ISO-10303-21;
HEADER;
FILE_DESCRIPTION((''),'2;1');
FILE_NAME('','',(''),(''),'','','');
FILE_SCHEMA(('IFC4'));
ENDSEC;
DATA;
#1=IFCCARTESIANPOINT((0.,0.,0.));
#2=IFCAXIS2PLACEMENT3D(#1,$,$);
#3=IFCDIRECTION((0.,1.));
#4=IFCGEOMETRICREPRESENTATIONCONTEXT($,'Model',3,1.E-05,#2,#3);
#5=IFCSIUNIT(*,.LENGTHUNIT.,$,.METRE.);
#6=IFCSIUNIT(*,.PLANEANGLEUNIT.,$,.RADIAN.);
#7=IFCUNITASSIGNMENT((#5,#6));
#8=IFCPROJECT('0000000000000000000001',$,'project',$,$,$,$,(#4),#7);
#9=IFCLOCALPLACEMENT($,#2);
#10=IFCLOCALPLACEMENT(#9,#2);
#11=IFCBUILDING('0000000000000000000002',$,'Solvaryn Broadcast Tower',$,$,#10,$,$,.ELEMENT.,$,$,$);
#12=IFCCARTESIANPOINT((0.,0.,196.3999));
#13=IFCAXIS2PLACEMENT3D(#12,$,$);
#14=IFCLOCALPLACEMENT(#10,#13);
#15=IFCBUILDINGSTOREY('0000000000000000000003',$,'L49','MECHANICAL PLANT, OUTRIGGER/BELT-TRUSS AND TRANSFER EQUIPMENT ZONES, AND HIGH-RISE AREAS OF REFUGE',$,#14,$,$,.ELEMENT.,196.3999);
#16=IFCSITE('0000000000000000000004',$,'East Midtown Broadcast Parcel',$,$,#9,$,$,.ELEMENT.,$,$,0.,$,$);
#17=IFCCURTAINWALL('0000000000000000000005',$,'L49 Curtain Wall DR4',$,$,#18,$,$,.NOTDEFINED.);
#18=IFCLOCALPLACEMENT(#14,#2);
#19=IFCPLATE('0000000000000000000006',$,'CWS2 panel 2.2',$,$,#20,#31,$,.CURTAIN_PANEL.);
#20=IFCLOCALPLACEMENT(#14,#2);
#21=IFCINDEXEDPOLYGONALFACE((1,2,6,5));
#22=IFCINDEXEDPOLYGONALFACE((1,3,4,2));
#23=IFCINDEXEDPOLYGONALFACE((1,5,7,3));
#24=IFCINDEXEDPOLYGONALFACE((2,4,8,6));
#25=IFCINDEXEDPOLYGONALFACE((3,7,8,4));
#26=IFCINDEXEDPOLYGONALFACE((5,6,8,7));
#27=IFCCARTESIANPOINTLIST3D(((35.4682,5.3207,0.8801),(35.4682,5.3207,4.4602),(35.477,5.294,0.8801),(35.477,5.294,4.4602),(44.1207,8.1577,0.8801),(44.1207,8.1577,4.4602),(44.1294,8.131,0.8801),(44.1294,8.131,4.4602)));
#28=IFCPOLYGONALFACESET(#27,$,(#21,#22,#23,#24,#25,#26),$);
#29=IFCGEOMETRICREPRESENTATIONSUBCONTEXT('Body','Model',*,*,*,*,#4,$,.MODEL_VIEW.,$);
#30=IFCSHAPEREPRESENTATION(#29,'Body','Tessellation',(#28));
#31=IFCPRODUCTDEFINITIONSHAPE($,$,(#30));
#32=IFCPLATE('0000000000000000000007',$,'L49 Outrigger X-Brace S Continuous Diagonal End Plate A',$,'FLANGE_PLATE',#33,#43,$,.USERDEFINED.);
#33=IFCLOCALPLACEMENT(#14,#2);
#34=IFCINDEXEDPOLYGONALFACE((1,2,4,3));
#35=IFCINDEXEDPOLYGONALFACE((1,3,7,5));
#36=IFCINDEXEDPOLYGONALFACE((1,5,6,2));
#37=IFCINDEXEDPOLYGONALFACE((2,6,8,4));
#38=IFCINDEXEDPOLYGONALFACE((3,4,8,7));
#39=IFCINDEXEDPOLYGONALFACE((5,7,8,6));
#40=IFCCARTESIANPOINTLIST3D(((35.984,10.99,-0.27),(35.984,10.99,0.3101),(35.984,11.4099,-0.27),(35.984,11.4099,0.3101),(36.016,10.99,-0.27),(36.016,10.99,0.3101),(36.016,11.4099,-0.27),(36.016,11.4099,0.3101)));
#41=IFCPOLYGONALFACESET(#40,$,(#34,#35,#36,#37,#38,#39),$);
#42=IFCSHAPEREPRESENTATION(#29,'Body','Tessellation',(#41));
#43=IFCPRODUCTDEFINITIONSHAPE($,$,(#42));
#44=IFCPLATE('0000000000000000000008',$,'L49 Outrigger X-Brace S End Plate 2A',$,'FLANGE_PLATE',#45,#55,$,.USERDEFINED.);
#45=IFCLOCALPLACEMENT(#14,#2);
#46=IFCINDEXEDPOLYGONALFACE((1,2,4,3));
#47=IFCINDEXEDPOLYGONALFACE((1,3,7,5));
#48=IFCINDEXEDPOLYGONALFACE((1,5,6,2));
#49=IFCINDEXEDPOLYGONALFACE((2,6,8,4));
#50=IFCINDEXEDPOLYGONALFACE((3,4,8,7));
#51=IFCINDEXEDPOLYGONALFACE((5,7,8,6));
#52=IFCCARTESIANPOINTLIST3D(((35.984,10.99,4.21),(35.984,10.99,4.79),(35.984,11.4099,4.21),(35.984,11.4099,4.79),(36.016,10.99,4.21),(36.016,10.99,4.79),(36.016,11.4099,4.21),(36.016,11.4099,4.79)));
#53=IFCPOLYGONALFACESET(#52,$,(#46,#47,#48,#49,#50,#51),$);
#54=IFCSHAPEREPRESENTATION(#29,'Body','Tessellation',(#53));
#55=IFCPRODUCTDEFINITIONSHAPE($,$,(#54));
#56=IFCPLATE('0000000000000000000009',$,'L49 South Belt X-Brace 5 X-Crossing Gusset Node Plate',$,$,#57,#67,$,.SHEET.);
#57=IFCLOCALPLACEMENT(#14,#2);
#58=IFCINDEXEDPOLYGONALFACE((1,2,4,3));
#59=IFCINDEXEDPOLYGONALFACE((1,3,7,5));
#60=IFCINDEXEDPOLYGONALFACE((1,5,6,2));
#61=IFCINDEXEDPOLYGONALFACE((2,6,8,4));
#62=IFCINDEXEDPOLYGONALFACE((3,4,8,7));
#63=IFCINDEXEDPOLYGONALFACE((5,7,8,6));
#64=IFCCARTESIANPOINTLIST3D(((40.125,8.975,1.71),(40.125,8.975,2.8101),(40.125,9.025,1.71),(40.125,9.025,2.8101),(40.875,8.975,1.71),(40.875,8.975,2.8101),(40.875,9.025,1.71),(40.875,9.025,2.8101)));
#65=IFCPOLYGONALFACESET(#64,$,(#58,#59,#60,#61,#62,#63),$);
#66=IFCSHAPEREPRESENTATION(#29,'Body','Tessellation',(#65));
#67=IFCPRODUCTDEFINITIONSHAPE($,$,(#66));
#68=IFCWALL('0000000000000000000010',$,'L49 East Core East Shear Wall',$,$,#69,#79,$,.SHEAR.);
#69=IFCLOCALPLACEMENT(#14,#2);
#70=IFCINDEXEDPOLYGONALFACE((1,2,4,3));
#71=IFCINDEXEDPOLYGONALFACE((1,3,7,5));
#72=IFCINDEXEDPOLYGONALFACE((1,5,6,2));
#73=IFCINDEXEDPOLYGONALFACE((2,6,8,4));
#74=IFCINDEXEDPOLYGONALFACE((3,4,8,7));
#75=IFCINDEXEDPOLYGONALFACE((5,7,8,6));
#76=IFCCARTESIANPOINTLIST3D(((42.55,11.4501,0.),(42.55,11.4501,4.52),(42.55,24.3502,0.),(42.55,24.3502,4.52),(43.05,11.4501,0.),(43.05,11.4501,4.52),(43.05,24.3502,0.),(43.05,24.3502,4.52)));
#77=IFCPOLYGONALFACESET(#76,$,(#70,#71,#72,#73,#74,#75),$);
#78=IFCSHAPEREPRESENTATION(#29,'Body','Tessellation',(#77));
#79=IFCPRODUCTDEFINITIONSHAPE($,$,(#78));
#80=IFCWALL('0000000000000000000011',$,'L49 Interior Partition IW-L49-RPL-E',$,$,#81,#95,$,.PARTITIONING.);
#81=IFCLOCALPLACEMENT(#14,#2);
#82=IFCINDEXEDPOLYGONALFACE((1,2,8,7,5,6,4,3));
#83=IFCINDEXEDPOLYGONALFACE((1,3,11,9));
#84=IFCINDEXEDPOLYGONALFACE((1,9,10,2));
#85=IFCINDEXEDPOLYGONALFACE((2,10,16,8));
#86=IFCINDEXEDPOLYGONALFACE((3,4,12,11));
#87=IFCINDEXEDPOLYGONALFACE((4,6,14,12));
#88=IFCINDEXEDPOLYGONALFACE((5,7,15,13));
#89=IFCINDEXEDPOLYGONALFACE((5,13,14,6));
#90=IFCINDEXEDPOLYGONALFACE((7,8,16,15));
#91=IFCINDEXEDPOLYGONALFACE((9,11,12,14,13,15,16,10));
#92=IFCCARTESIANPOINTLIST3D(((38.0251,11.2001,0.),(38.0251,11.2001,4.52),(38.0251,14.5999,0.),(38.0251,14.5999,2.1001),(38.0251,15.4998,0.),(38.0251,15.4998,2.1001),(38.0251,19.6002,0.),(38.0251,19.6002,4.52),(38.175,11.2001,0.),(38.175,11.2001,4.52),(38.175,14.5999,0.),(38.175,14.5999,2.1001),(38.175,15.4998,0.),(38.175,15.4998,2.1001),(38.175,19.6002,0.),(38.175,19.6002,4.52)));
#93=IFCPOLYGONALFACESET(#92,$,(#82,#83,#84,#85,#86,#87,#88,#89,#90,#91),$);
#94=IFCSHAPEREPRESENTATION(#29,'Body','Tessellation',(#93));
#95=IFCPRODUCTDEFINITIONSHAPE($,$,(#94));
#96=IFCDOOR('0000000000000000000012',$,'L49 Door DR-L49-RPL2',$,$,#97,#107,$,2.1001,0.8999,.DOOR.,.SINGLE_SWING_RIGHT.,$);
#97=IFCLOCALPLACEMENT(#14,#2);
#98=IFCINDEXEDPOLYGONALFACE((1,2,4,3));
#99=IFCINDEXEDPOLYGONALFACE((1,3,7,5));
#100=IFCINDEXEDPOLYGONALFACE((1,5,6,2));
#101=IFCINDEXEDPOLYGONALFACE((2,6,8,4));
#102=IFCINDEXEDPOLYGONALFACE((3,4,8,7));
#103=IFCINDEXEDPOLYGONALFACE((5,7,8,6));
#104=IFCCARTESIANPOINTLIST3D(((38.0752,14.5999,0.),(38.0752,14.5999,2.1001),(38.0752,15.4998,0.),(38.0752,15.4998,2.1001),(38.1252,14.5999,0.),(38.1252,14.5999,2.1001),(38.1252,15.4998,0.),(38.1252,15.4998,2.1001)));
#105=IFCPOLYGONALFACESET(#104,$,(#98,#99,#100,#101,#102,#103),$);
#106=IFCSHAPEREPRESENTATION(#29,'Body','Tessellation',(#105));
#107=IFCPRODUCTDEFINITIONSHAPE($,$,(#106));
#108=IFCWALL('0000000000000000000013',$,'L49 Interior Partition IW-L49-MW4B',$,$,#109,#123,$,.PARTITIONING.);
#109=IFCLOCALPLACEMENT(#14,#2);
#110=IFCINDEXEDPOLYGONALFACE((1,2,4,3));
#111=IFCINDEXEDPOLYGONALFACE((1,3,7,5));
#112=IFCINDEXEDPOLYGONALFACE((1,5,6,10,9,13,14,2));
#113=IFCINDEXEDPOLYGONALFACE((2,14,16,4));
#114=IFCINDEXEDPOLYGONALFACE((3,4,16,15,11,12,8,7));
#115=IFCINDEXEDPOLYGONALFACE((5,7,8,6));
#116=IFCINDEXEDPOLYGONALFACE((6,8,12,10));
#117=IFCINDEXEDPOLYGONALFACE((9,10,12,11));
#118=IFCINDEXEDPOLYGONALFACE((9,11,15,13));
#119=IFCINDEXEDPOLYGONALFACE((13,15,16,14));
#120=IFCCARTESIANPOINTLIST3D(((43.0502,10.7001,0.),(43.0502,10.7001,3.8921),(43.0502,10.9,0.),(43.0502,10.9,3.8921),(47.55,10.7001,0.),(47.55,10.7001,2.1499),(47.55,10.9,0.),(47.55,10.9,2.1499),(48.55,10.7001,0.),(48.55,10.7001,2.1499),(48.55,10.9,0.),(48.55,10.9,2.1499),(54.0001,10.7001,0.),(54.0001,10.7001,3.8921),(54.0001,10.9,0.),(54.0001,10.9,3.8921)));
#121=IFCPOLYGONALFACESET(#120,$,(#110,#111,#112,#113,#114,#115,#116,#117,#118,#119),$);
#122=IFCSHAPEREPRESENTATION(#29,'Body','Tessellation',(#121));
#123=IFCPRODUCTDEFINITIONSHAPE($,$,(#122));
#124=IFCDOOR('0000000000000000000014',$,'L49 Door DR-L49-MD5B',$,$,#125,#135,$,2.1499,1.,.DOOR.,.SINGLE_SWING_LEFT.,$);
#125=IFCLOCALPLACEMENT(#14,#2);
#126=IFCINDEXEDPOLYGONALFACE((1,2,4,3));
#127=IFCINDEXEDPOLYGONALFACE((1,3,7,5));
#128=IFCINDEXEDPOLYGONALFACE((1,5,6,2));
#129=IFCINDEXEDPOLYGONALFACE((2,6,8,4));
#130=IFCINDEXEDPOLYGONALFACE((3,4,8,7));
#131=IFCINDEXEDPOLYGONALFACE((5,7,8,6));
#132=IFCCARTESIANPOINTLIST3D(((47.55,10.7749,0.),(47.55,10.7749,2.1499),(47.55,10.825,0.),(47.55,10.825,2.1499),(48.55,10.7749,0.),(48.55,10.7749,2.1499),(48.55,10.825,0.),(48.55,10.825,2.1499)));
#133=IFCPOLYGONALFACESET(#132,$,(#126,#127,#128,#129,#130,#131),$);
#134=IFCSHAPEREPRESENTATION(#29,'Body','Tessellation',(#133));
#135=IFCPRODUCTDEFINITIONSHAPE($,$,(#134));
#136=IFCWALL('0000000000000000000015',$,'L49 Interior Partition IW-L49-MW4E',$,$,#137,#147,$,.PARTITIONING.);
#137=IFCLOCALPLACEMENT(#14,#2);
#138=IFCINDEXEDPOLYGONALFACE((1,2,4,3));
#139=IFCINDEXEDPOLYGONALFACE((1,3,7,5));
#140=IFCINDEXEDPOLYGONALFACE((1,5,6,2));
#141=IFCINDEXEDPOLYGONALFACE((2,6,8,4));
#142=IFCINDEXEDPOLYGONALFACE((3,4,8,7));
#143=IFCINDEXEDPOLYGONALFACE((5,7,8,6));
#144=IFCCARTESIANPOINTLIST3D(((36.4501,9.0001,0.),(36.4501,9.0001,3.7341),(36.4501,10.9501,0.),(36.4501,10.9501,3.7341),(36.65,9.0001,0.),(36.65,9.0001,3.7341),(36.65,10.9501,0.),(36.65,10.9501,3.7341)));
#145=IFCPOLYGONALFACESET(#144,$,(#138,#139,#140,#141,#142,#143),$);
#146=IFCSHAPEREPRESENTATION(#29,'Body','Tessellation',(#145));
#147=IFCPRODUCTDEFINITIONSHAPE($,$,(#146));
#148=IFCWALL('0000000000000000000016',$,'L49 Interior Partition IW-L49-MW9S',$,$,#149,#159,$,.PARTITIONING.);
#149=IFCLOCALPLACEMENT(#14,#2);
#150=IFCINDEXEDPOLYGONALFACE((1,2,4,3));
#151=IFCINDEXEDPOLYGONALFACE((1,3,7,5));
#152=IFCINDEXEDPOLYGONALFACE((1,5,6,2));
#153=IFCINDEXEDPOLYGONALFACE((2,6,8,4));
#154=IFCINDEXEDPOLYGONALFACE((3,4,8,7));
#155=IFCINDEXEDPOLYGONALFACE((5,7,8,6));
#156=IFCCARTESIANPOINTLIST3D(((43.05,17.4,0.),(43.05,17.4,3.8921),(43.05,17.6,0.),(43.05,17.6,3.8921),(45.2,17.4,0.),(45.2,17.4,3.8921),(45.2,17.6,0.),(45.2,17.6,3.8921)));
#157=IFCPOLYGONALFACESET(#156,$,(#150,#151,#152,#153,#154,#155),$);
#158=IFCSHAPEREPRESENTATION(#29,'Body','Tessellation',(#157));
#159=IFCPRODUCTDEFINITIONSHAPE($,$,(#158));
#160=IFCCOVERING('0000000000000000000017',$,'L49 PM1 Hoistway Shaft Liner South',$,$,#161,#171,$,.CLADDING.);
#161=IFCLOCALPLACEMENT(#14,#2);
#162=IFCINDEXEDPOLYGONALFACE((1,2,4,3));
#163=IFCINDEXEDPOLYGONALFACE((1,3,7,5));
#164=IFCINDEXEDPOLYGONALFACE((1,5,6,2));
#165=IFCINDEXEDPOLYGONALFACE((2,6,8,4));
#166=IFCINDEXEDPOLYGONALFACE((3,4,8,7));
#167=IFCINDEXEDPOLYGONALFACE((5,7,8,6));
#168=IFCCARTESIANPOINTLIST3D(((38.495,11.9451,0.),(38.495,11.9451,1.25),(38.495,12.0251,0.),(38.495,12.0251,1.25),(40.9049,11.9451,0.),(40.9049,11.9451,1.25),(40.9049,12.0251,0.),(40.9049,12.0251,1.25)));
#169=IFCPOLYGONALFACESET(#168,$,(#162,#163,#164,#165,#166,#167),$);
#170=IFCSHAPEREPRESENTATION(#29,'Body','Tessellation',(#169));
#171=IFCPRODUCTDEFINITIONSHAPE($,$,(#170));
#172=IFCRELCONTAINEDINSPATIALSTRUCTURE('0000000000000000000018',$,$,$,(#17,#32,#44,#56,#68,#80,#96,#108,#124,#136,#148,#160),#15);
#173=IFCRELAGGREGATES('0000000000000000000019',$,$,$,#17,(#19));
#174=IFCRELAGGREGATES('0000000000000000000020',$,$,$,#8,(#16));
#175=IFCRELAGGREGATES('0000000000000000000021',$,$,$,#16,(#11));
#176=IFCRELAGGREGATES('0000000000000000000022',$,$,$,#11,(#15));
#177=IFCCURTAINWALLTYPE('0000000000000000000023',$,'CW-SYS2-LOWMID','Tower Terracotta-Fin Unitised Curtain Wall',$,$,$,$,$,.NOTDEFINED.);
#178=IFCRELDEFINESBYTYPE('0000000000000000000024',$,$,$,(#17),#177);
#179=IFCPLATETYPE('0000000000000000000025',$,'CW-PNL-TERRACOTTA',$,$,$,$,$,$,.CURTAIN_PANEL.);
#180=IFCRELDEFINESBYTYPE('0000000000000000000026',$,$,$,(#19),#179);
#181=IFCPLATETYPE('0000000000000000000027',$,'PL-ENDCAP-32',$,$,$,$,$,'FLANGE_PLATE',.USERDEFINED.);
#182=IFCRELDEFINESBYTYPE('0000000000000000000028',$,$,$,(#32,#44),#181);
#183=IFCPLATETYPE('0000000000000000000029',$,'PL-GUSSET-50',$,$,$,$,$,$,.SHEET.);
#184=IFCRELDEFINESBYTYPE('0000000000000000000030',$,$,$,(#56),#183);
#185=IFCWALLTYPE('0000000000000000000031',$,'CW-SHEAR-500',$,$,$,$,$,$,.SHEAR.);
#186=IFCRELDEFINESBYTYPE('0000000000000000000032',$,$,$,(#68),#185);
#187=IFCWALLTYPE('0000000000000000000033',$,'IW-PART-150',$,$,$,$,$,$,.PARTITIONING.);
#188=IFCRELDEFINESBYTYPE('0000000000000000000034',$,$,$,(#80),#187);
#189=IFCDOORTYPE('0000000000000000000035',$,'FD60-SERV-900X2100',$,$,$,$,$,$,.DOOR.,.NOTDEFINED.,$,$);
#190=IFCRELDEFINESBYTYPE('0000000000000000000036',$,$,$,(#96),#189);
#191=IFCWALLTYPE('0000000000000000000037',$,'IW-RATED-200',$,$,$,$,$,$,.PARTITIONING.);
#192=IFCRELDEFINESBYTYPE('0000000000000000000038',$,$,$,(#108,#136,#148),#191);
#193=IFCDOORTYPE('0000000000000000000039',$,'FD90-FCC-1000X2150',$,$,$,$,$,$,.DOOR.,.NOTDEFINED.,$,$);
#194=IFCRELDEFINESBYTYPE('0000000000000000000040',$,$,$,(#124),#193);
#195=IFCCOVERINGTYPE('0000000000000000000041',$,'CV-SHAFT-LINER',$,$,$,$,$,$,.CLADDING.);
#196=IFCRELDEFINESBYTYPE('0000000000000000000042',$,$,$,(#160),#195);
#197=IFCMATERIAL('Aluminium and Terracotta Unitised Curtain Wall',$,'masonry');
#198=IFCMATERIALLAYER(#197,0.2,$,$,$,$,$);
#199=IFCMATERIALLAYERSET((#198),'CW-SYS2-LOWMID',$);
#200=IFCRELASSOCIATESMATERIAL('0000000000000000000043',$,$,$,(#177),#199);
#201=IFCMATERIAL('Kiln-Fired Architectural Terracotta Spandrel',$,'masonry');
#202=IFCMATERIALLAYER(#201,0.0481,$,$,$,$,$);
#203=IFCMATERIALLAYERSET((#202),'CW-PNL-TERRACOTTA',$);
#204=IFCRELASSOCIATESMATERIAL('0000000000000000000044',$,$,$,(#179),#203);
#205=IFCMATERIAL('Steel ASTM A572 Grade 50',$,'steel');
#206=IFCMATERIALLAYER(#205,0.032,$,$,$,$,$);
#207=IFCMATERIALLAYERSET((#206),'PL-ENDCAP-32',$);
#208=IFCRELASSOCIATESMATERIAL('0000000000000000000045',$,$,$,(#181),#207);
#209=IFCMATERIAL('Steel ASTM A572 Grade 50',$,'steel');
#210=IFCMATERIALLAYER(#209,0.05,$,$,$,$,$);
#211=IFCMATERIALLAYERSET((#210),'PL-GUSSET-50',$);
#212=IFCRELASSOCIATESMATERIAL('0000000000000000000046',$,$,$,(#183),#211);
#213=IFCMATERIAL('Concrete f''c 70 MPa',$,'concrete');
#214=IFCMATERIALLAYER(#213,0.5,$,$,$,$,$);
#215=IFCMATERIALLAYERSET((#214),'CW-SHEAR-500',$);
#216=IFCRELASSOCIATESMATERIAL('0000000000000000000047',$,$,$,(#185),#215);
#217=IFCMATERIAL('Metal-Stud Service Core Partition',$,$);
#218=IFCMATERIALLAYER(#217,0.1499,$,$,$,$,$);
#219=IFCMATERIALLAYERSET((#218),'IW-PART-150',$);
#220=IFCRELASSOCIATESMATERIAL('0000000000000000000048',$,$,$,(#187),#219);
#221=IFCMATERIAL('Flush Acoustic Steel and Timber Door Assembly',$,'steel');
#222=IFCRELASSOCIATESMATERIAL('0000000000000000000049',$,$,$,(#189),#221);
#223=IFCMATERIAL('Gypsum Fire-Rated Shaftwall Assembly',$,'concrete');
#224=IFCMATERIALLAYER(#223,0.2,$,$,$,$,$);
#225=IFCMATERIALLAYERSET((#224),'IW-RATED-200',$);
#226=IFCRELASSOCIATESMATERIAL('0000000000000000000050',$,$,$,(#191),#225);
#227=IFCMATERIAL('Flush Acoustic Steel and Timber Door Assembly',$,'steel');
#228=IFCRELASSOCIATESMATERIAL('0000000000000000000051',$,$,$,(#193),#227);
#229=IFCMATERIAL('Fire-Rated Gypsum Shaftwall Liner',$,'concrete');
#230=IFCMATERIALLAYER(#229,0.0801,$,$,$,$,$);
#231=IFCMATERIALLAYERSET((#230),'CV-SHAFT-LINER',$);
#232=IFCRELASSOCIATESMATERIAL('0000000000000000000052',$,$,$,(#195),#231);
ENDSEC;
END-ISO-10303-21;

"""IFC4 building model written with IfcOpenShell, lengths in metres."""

from ifc_helpers import new_model, si_unit, direction, frame, frame_2d, origin, origin_2d, place, context, subcontext, project, spatial, rectangle, extrude, material, layer, layer_set, type_object, element, fill, aggregate, save


model = new_model("IFC4")

# Units and contexts
model_context = context("Model", 3, precision=1e-05, world=origin(), true_north=direction((0.0, 1.0)))
body_context = subcontext(model_context, "Body", "Model", "MODEL_VIEW")
ifc_project = project(units=[si_unit("LENGTHUNIT", "METRE"), si_unit("PLANEANGLEUNIT", "RADIAN")], contexts=[model_context])

# Site, building, storey
site_placement = place(None, origin())
site = spatial("IfcSite", under=ifc_project, at=site_placement, Name="East Midtown Broadcast Parcel", CompositionType="ELEMENT", RefElevation=0.0)
building_placement = place(site_placement, origin())
building = spatial("IfcBuilding", under=site, at=building_placement, Name="Solvaryn Broadcast Tower", CompositionType="ELEMENT")
storey_placement = place(building_placement, frame((0.0, 0.0, 196.3999)))
storey = spatial("IfcBuildingStorey", under=building, at=storey_placement, Name="L49", Description="MECHANICAL PLANT, OUTRIGGER/BELT-TRUSS AND TRANSFER EQUIPMENT ZONES, AND HIGH-RISE AREAS OF REFUGE", CompositionType="ELEMENT", Elevation=196.3999)

# Curtain wall
ifc_material_1 = material(Name="Aluminium and Terracotta Unitised Curtain Wall", Category="masonry")
ifc_layer_1 = layer(ifc_material_1, 0.2)
ifc_layer_set_1 = layer_set([ifc_layer_1], Name="CW-SYS2-LOWMID")
curtain_wall_type = type_object("IfcCurtainWallType", Name="CW-SYS2-LOWMID", Description="Tower Terracotta-Fin Unitised Curtain Wall", PredefinedType="NOTDEFINED", material=ifc_layer_set_1)
curtain_wall_1_placement = place(storey_placement, origin())
curtain_wall_1 = element("IfcCurtainWall", 1, at=curtain_wall_1_placement, inside=storey, type_object=curtain_wall_type, Name="L49 Curtain Wall DR4", PredefinedType="NOTDEFINED")

# Plate
ifc_material_2 = material(Name="Kiln-Fired Architectural Terracotta Spandrel", Category="masonry")
ifc_layer_2 = layer(ifc_material_2, 0.0481)
ifc_layer_set_2 = layer_set([ifc_layer_2], Name="CW-PNL-TERRACOTTA")
plate_type_1 = type_object("IfcPlateType", Name="CW-PNL-TERRACOTTA", PredefinedType="CURTAIN_PANEL", material=ifc_layer_set_2)
plate_1_placement = place(storey_placement, frame((39.7988, 6.7258, 0.8801), z_axis=(0.0, 0.0, 1.0), x_axis=(0.950227, 0.311559, 0.0)))
plate_1 = element("IfcPlate", 2, at=plate_1_placement, type_object=plate_type_1, Name="CWS2 panel 2.2", PredefinedType="CURTAIN_PANEL", context=body_context, shape_type="SweptSolid", body=[
    extrude(rectangle(XDim=9.1057, YDim=0.0281, at=origin_2d()), origin(), (0.0, 0.0, 1.0), 3.5801),
])
aggregate(curtain_wall_1, [plate_1])

# Plates
ifc_material_3 = material(Name="Steel ASTM A572 Grade 50", Category="steel")
ifc_layer_3 = layer(ifc_material_3, 0.032)
ifc_layer_set_3 = layer_set([ifc_layer_3], Name="PL-ENDCAP-32")
plate_type_2 = type_object("IfcPlateType", Name="PL-ENDCAP-32", ElementType="FLANGE_PLATE", PredefinedType="USERDEFINED", material=ifc_layer_set_3)
for number, where, z_axis, x_axis, name in (
    (3, (36.0, 11.2, -0.27), (0.0, 0.0, 1.0), (1.0, 0.0, 0.0), "L49 Outrigger X-Brace S Continuous Diagonal End Plate A"),
    (4, (36.0, 11.2, 4.21), (0.0, 0.0, 1.0), (1.0, 0.0, 0.0), "L49 Outrigger X-Brace S End Plate 2A"),
):
    element("IfcPlate", number, at=place(storey_placement, frame(where, z_axis=z_axis, x_axis=x_axis)), inside=storey, type_object=plate_type_2, Name=name, ObjectType="FLANGE_PLATE", PredefinedType="USERDEFINED", context=body_context, shape_type="SweptSolid", body=[
        extrude(rectangle(XDim=0.032, YDim=0.4199, at=origin_2d()), origin(), (0.0, 0.0, 1.0), 0.5801),
    ])
ifc_material_4 = material(Name="Steel ASTM A572 Grade 50", Category="steel")
ifc_layer_4 = layer(ifc_material_4, 0.05)
ifc_layer_set_4 = layer_set([ifc_layer_4], Name="PL-GUSSET-50")
plate_type_3 = type_object("IfcPlateType", Name="PL-GUSSET-50", PredefinedType="SHEET", material=ifc_layer_set_4)
plate_2_placement = place(storey_placement, frame((40.5, 9.0, 1.71), z_axis=(0.0, 0.0, 1.0), x_axis=(1.0, 0.0, 0.0)))
element("IfcPlate", 5, at=plate_2_placement, inside=storey, type_object=plate_type_3, Name="L49 South Belt X-Brace 5 X-Crossing Gusset Node Plate", PredefinedType="SHEET", context=body_context, shape_type="SweptSolid", body=[
    extrude(rectangle(XDim=0.75, YDim=0.05, at=origin_2d()), origin(), (0.0, 0.0, 1.0), 1.1001),
])

# Wall
ifc_material_5 = material(Name="Concrete f'c 70 MPa", Category="concrete")
ifc_layer_5 = layer(ifc_material_5, 0.5)
ifc_layer_set_5 = layer_set([ifc_layer_5], Name="CW-SHEAR-500")
wall_type_1 = type_object("IfcWallType", Name="CW-SHEAR-500", PredefinedType="SHEAR", material=ifc_layer_set_5)
wall_1_placement = place(storey_placement, frame((42.8, 11.45, 0.0), z_axis=(0.0, 0.0, 1.0), x_axis=(0.0, 1.0, 0.0)))
element("IfcWall", 6, at=wall_1_placement, inside=storey, type_object=wall_type_1, Name="L49 East Core East Shear Wall", PredefinedType="SHEAR", context=body_context, shape_type="SweptSolid", body=[
    extrude(rectangle(XDim=12.9001, YDim=0.5, at=frame_2d((6.4502, 0.0))), origin(), (0.0, 0.0, 1.0), 4.52),
])

# Walls, openings, doors
ifc_material_6 = material(Name="Metal-Stud Service Core Partition")
ifc_layer_6 = layer(ifc_material_6, 0.1499)
ifc_layer_set_6 = layer_set([ifc_layer_6], Name="IW-PART-150")
wall_type_2 = type_object("IfcWallType", Name="IW-PART-150", PredefinedType="PARTITIONING", material=ifc_layer_set_6)
wall_2_placement = place(storey_placement, frame((38.1001, 11.2, 0.0), z_axis=(0.0, 0.0, 1.0), x_axis=(0.0, 1.0, 0.0)))
wall_2 = element("IfcWall", 7, at=wall_2_placement, inside=storey, type_object=wall_type_2, Name="L49 Interior Partition IW-L49-RPL-E", PredefinedType="PARTITIONING", context=body_context, shape_type="SweptSolid", body=[
    extrude(rectangle(XDim=8.4001, YDim=0.1499, at=frame_2d((4.2002, 0.0))), origin(), (0.0, 0.0, 1.0), 4.52),
])
opening_1_placement = place(wall_2_placement, frame((3.3999, 0.0, 0.0)))
opening_1 = element("IfcOpeningElement", 8, at=opening_1_placement, cuts=wall_2, PredefinedType="OPENING", context=body_context, shape_type="SweptSolid", body=[
    extrude(rectangle(XDim=0.8999, YDim=2.1001, at=frame_2d((0.45, 1.05))), frame((0.0, 0.085, 0.0), z_axis=(0.0, -1.0, 0.0), x_axis=(1.0, 0.0, 0.0)), (0.0, 0.0, 1.0), 0.1699),
])
ifc_material_7 = material(Name="Flush Acoustic Steel and Timber Door Assembly", Category="steel")
door_type_1 = type_object("IfcDoorType", Name="FD60-SERV-900X2100", OperationType="NOTDEFINED", PredefinedType="DOOR", material=ifc_material_7)
door_1_placement = place(opening_1_placement, origin())
door_1 = element("IfcDoor", 9, at=door_1_placement, inside=storey, type_object=door_type_1, Name="L49 Door DR-L49-RPL2", OperationType="SINGLE_SWING_RIGHT", OverallHeight=2.1001, OverallWidth=0.8999, PredefinedType="DOOR", context=body_context, shape_type="SweptSolid", body=[
    extrude(rectangle(XDim=0.8999, YDim=2.1001, at=frame_2d((0.45, 1.05))), frame((0.0, 0.0249, 0.0), z_axis=(0.0, -1.0, 0.0), x_axis=(1.0, 0.0, 0.0)), (0.0, 0.0, 1.0), 0.05),
])
fill(opening_1, door_1)
ifc_material_8 = material(Name="Gypsum Fire-Rated Shaftwall Assembly", Category="concrete")
ifc_layer_7 = layer(ifc_material_8, 0.2)
ifc_layer_set_7 = layer_set([ifc_layer_7], Name="IW-RATED-200")
wall_type_3 = type_object("IfcWallType", Name="IW-RATED-200", PredefinedType="PARTITIONING", material=ifc_layer_set_7)
wall_3_placement = place(storey_placement, frame((43.05, 10.8, 0.0), z_axis=(0.0, 0.0, 1.0), x_axis=(1.0, 0.0, 0.0)))
wall_3 = element("IfcWall", 10, at=wall_3_placement, inside=storey, type_object=wall_type_3, Name="L49 Interior Partition IW-L49-MW4B", PredefinedType="PARTITIONING", context=body_context, shape_type="SweptSolid", body=[
    extrude(rectangle(XDim=10.95, YDim=0.2, at=frame_2d((5.4751, 0.0))), origin(), (0.0, 0.0, 1.0), 3.8921),
])
opening_2_placement = place(wall_3_placement, frame((4.5, 0.0, 0.0)))
opening_2 = element("IfcOpeningElement", 11, at=opening_2_placement, cuts=wall_3, PredefinedType="OPENING", context=body_context, shape_type="SweptSolid", body=[
    extrude(rectangle(XDim=1.0, YDim=2.1499, at=frame_2d((0.5, 1.075))), frame((0.0, 0.1101, 0.0), z_axis=(0.0, -1.0, 0.0), x_axis=(1.0, 0.0, 0.0)), (0.0, 0.0, 1.0), 0.22),
])
ifc_material_9 = material(Name="Flush Acoustic Steel and Timber Door Assembly", Category="steel")
door_type_2 = type_object("IfcDoorType", Name="FD90-FCC-1000X2150", OperationType="NOTDEFINED", PredefinedType="DOOR", material=ifc_material_9)
door_2_placement = place(opening_2_placement, origin())
door_2 = element("IfcDoor", 12, at=door_2_placement, inside=storey, type_object=door_type_2, Name="L49 Door DR-L49-MD5B", OperationType="SINGLE_SWING_LEFT", OverallHeight=2.1499, OverallWidth=1.0, PredefinedType="DOOR", context=body_context, shape_type="SweptSolid", body=[
    extrude(rectangle(XDim=1.0, YDim=2.1499, at=frame_2d((0.5, 1.075))), frame((0.0, 0.0249, 0.0), z_axis=(0.0, -1.0, 0.0), x_axis=(1.0, 0.0, 0.0)), (0.0, 0.0, 1.0), 0.05),
])
fill(opening_2, door_2)

# Walls
wall_4_placement = place(storey_placement, frame((36.55, 9.0, 0.0), z_axis=(0.0, 0.0, 1.0), x_axis=(0.0, 1.0, 0.0)))
element("IfcWall", 13, at=wall_4_placement, inside=storey, type_object=wall_type_3, Name="L49 Interior Partition IW-L49-MW4E", PredefinedType="PARTITIONING", context=body_context, shape_type="SweptSolid", body=[
    extrude(rectangle(XDim=1.95, YDim=0.2, at=frame_2d((0.9751, 0.0))), origin(), (0.0, 0.0, 1.0), 3.7341),
])
wall_5_placement = place(storey_placement, frame((43.05, 17.5, 0.0), z_axis=(0.0, 0.0, 1.0), x_axis=(1.0, 0.0, 0.0)))
element("IfcWall", 14, at=wall_5_placement, inside=storey, type_object=wall_type_3, Name="L49 Interior Partition IW-L49-MW9S", PredefinedType="PARTITIONING", context=body_context, shape_type="SweptSolid", body=[
    extrude(rectangle(XDim=2.1499, YDim=0.2, at=frame_2d((1.075, 0.0))), origin(), (0.0, 0.0, 1.0), 3.8921),
])

# Covering
ifc_material_10 = material(Name="Fire-Rated Gypsum Shaftwall Liner", Category="concrete")
ifc_layer_8 = layer(ifc_material_10, 0.0801)
ifc_layer_set_8 = layer_set([ifc_layer_8], Name="CV-SHAFT-LINER")
covering_type = type_object("IfcCoveringType", Name="CV-SHAFT-LINER", PredefinedType="CLADDING", material=ifc_layer_set_8)
covering_placement = place(storey_placement, frame((39.7, 11.9851, 0.0), z_axis=(0.0, 0.0, 1.0), x_axis=(1.0, 0.0, 0.0)))
element("IfcCovering", 15, at=covering_placement, inside=storey, type_object=covering_type, Name="L49 PM1 Hoistway Shaft Liner South", PredefinedType="CLADDING", context=body_context, shape_type="SweptSolid", body=[
    extrude(rectangle(XDim=2.4099, YDim=0.0801, at=origin_2d()), origin(), (0.0, 0.0, 1.0), 1.25),
])

save(model, "model.ifc")
